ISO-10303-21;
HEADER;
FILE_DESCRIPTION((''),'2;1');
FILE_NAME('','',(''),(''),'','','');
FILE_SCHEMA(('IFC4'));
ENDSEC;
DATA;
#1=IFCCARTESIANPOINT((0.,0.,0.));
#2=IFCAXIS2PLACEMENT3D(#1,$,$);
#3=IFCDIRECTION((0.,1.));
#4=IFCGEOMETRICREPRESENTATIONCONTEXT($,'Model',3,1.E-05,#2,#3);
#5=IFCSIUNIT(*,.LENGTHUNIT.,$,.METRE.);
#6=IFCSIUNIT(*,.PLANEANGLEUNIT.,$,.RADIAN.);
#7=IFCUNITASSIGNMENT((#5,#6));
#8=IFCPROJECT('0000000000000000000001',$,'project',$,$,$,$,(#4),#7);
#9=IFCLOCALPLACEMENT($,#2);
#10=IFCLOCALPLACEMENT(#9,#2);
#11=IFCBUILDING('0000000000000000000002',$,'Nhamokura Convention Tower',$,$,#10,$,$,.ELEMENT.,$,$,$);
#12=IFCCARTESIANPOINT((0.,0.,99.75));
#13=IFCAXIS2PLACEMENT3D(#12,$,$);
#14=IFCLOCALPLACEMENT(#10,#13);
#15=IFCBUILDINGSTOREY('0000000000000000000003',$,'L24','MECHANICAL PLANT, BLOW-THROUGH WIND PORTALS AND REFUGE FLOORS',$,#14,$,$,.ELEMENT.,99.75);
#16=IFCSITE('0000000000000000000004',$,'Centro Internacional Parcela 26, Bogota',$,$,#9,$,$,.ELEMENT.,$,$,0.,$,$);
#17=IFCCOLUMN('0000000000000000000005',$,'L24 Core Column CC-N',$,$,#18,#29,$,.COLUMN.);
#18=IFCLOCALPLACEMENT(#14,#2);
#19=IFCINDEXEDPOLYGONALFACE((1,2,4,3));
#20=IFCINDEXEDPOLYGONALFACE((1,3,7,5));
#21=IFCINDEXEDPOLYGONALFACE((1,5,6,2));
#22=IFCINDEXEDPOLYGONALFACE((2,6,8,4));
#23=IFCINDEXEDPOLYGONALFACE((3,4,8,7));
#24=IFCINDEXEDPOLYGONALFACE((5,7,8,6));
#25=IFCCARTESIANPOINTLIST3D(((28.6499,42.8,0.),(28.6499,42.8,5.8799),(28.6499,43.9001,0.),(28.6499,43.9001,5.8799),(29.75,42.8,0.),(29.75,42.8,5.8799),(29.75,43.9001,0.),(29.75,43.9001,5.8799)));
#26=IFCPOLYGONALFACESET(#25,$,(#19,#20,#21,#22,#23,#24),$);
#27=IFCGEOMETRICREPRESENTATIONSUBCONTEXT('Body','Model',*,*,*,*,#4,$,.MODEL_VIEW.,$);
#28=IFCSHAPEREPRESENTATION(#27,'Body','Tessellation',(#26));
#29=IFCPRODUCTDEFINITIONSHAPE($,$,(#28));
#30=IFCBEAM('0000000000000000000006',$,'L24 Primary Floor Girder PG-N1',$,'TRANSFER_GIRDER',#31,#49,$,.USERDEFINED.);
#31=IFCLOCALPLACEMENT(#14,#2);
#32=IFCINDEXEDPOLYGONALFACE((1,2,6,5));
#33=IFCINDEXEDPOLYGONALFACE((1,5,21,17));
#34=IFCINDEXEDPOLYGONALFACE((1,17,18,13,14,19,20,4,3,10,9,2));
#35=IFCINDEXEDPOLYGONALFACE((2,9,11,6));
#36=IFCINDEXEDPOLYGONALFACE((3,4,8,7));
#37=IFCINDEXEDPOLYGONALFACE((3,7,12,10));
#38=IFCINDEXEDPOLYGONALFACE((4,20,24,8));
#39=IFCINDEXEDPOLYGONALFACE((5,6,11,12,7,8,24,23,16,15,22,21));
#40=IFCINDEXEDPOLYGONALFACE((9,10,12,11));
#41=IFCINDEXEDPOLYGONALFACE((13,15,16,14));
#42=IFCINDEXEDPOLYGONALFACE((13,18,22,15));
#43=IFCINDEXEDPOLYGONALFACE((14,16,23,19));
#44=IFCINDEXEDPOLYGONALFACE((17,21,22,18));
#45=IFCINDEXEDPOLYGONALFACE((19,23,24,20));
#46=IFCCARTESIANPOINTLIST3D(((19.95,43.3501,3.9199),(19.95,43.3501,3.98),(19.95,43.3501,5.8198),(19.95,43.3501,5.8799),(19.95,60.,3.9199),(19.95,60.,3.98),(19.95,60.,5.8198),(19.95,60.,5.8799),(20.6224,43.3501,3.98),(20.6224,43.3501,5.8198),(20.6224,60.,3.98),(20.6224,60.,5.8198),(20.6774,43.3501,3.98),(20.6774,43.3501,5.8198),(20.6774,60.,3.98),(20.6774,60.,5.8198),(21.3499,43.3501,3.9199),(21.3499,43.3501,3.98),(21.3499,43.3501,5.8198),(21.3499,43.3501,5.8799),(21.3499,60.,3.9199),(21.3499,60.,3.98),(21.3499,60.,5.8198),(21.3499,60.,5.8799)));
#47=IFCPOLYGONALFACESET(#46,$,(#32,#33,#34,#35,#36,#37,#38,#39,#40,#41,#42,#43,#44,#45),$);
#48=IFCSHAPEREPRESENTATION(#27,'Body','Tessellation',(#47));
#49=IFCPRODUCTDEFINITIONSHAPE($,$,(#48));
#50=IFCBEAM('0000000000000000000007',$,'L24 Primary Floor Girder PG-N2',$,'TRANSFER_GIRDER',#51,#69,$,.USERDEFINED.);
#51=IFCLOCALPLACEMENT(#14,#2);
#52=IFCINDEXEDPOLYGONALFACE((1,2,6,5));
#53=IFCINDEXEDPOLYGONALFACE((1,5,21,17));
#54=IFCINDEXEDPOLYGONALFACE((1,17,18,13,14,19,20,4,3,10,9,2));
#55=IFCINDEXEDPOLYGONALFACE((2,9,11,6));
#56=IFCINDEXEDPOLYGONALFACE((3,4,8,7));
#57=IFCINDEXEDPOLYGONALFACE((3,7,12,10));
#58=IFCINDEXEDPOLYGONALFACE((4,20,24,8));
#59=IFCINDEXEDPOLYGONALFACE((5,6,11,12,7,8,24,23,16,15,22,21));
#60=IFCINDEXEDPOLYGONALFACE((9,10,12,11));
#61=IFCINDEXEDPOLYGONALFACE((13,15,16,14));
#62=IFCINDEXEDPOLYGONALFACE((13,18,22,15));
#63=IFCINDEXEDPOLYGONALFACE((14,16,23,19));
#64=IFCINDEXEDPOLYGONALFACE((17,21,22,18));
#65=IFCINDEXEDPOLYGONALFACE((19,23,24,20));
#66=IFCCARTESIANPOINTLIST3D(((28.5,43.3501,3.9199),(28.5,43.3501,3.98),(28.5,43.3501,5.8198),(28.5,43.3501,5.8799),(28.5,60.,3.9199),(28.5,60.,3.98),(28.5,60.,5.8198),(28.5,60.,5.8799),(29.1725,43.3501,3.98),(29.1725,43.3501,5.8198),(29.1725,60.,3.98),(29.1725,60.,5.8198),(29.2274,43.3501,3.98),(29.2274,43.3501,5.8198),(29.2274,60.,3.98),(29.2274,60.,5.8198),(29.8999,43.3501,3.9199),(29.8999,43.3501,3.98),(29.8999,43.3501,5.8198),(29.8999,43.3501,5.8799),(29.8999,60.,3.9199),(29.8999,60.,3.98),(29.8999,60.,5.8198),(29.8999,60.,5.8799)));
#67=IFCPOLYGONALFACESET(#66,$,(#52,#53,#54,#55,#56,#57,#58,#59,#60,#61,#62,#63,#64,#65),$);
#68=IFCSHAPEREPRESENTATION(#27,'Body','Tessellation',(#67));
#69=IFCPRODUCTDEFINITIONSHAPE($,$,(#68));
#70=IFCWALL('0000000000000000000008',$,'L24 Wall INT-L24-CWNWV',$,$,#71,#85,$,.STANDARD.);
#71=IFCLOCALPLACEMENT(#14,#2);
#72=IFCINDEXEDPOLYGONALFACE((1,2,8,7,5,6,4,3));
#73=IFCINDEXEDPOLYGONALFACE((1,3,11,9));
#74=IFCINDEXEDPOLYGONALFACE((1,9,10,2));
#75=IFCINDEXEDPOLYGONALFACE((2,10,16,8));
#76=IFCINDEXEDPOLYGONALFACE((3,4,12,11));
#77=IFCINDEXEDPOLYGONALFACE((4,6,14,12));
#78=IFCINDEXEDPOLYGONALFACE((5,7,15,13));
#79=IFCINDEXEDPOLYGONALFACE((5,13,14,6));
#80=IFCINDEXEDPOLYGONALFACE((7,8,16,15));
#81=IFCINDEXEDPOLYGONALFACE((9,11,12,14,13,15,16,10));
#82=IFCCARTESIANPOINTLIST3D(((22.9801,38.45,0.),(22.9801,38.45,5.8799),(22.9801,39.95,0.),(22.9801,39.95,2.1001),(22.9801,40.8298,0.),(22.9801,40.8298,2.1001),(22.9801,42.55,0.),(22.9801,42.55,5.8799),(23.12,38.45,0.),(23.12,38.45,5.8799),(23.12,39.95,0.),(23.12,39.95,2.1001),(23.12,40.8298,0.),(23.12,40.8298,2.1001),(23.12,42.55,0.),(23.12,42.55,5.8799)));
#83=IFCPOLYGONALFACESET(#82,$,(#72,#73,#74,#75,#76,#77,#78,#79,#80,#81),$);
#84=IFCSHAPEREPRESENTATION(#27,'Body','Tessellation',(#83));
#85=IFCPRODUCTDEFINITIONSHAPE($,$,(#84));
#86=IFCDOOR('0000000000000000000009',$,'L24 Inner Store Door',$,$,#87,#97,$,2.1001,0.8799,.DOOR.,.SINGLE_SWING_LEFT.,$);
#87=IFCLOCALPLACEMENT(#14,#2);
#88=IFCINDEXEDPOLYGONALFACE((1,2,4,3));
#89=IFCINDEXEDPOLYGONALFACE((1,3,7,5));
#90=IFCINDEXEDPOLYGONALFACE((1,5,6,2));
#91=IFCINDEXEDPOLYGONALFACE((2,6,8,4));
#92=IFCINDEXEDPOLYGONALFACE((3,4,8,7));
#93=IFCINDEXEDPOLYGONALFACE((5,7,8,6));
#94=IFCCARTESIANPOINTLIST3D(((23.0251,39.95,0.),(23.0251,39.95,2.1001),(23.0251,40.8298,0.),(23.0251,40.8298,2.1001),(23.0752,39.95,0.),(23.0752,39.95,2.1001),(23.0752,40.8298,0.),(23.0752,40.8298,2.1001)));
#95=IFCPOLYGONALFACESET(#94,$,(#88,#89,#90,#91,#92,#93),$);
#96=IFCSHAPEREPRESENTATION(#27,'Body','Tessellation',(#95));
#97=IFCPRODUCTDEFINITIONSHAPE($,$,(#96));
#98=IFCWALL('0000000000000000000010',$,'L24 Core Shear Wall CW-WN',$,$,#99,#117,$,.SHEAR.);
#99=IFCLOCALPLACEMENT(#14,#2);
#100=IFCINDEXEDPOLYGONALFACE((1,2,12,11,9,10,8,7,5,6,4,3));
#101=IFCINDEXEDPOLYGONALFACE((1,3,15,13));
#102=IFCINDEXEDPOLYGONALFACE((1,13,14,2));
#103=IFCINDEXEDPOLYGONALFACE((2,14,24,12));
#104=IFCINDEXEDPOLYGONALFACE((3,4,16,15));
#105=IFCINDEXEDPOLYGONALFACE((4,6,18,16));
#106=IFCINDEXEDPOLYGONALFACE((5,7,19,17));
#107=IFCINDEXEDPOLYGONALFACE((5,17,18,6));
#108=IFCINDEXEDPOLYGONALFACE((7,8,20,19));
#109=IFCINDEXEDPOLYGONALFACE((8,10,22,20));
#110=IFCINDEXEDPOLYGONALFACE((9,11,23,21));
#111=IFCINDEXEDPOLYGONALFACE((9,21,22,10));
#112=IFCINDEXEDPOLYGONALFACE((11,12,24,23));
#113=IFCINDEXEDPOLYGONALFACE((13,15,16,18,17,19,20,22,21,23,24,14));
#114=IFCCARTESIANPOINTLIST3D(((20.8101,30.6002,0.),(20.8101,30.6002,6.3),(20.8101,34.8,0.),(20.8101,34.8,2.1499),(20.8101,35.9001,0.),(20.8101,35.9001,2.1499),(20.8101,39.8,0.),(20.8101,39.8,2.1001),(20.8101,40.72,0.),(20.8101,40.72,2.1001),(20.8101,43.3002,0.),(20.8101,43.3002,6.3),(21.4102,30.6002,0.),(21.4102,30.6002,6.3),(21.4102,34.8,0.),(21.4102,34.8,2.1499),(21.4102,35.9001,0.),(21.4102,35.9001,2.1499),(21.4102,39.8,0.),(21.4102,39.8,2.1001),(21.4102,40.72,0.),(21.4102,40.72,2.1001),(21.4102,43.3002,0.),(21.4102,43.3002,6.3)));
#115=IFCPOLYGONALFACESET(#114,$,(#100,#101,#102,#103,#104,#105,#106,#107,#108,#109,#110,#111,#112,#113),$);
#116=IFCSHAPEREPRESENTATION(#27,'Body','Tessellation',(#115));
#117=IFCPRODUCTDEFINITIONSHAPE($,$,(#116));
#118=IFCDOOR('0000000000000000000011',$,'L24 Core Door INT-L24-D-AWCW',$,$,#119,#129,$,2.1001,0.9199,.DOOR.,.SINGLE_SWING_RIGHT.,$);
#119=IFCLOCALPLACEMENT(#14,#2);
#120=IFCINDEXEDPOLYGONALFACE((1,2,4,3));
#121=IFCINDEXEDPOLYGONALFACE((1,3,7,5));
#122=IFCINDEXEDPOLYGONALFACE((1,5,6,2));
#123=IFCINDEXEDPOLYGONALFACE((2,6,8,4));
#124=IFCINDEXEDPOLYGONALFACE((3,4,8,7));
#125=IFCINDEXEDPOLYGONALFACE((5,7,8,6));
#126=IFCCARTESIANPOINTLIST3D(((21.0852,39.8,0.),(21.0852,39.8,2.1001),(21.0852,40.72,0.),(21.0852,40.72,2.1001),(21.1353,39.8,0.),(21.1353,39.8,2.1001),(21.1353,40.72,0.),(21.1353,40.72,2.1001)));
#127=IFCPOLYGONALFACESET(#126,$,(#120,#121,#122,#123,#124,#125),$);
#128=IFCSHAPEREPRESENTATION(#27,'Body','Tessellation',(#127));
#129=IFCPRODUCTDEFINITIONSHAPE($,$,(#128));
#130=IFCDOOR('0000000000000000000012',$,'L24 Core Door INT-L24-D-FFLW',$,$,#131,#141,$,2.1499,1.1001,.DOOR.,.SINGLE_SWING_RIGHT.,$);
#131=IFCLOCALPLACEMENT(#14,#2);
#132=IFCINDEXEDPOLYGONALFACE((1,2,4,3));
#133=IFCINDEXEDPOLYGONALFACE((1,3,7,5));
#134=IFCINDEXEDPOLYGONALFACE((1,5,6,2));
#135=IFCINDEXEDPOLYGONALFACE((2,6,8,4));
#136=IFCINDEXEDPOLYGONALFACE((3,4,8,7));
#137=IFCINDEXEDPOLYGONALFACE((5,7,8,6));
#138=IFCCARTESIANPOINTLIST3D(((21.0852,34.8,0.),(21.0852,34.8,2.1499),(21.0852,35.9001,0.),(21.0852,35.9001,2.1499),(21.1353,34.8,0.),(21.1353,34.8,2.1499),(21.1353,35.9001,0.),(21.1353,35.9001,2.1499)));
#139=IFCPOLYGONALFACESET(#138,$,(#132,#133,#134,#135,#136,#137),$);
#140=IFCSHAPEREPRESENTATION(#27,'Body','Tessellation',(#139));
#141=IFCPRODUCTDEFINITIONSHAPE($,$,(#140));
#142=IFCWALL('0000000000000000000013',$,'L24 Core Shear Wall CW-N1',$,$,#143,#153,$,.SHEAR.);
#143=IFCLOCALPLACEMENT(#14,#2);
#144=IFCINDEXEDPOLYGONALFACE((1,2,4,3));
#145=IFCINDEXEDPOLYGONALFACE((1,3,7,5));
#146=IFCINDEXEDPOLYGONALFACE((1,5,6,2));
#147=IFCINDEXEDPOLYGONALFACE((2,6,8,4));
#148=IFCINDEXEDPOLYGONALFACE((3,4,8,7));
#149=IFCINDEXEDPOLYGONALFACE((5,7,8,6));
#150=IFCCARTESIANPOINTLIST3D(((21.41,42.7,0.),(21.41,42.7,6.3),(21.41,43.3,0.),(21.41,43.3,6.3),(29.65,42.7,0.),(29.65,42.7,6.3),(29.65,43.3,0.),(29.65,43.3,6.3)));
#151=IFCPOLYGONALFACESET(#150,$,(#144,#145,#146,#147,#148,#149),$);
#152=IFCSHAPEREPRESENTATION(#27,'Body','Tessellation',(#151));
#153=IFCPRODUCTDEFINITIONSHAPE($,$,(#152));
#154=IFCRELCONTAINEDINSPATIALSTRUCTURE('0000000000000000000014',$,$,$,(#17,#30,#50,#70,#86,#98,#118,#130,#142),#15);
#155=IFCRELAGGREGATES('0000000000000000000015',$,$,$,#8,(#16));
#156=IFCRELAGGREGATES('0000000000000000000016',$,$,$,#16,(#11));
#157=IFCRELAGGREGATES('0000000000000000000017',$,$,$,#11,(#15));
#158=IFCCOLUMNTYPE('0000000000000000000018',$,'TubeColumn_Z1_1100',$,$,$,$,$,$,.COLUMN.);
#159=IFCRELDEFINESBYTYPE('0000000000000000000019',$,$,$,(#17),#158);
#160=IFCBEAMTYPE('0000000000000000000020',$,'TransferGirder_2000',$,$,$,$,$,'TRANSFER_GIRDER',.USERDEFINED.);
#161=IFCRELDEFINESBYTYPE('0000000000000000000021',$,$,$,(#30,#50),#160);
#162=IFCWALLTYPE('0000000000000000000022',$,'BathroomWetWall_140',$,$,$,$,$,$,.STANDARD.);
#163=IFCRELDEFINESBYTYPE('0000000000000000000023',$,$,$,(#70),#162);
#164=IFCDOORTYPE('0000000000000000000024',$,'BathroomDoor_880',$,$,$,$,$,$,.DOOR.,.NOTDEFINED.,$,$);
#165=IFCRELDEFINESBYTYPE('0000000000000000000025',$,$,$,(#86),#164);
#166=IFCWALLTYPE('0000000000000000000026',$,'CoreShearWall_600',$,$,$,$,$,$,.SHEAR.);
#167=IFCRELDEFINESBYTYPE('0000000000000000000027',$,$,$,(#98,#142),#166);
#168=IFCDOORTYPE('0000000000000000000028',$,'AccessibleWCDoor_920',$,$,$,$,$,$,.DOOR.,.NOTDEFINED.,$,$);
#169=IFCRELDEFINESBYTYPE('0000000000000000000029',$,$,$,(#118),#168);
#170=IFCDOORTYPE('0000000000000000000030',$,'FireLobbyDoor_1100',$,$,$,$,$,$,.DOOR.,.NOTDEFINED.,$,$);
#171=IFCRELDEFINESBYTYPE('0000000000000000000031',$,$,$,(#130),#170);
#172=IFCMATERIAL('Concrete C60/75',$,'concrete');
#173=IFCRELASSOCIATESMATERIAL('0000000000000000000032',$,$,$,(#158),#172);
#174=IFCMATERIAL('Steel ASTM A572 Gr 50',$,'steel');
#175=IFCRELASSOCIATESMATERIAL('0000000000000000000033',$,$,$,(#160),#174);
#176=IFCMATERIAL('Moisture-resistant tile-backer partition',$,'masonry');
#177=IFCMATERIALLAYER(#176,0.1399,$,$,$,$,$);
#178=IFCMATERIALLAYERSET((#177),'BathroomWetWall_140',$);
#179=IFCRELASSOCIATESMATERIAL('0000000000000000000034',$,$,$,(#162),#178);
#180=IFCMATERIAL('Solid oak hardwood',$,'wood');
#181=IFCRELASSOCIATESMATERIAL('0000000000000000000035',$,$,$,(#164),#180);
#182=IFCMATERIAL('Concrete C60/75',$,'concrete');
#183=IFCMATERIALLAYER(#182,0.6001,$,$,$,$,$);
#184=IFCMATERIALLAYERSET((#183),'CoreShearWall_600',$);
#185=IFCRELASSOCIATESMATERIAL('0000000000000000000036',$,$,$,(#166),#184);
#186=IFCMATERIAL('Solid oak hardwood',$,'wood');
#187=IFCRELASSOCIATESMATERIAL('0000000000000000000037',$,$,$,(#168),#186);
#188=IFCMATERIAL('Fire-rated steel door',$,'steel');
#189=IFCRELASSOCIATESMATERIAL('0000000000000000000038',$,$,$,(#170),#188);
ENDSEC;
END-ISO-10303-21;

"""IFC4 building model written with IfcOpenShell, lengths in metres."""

from ifc_helpers import new_model, si_unit, direction, frame, frame_2d, origin, origin_2d, place, context, subcontext, project, spatial, rectangle, i_section, extrude, material, layer, layer_set, material_profile, profile_set, type_object, element, fill, save


model = new_model("IFC4")

# Units and contexts
model_context = context("Model", 3, precision=1e-05, world=origin(), true_north=direction((0.0, 1.0)))
body_context = subcontext(model_context, "Body", "Model", "MODEL_VIEW")
ifc_project = project(units=[si_unit("LENGTHUNIT", "METRE"), si_unit("PLANEANGLEUNIT", "RADIAN")], contexts=[model_context])

# Site, building, storey
site_placement = place(None, origin())
site = spatial("IfcSite", under=ifc_project, at=site_placement, Name="Centro Internacional Parcela 26, Bogota", CompositionType="ELEMENT", RefElevation=0.0)
building_placement = place(site_placement, origin())
building = spatial("IfcBuilding", under=site, at=building_placement, Name="Nhamokura Convention Tower", CompositionType="ELEMENT")
storey_placement = place(building_placement, frame((0.0, 0.0, 99.75)))
storey = spatial("IfcBuildingStorey", under=building, at=storey_placement, Name="L24", Description="MECHANICAL PLANT, BLOW-THROUGH WIND PORTALS AND REFUGE FLOORS", CompositionType="ELEMENT", Elevation=99.75)

# Column
ifc_material_1 = material(Name="Concrete C60/75", Category="concrete")
ifc_material_profile_1 = material_profile(ifc_material_1, rectangle(XDim=1.1001, YDim=1.1001, at=origin_2d()))
ifc_profile_set_1 = profile_set([ifc_material_profile_1], Name="Concrete C60/75")
column_type = type_object("IfcColumnType", Name="TubeColumn_Z1_1100", PredefinedType="COLUMN", material=ifc_profile_set_1)
column_placement = place(storey_placement, frame((29.2, 43.3501, 0.0), z_axis=(0.0, 0.0, 1.0), x_axis=(1.0, 0.0, 0.0)))
element("IfcColumn", 1, at=column_placement, inside=storey, type_object=column_type, Name="L24 Core Column CC-N", PredefinedType="COLUMN", context=body_context, shape_type="SweptSolid", body=[
    extrude(rectangle(XDim=1.1001, YDim=1.1001, at=origin_2d()), origin(), (0.0, 0.0, 1.0), 5.8799),
])

# Beams
ifc_material_2 = material(Name="Steel ASTM A572 Gr 50", Category="steel")
ifc_material_profile_2 = material_profile(ifc_material_2, i_section(OverallWidth=1.3999, OverallDepth=1.96, WebThickness=0.0549, FlangeThickness=0.0601, at=origin_2d()))
ifc_profile_set_2 = profile_set([ifc_material_profile_2], Name="Steel ASTM A572 Gr 50")
beam_type = type_object("IfcBeamType", Name="TransferGirder_2000", ElementType="TRANSFER_GIRDER", PredefinedType="USERDEFINED", material=ifc_profile_set_2)
for number, where, z_axis, x_axis, name in (
    (2, (20.6499, 43.3501, 4.8999), (0.0, 1.0, 0.0), (-1.0, 0.0, 0.0), "L24 Primary Floor Girder PG-N1"),
    (3, (29.2, 43.3501, 4.8999), (0.0, 1.0, 0.0), (-1.0, 0.0, 0.0), "L24 Primary Floor Girder PG-N2"),
):
    element("IfcBeam", number, at=place(storey_placement, frame(where, z_axis=z_axis, x_axis=x_axis)), inside=storey, type_object=beam_type, Name=name, ObjectType="TRANSFER_GIRDER", PredefinedType="USERDEFINED", context=body_context, shape_type="SweptSolid", body=[
        extrude(i_section(OverallWidth=1.3999, OverallDepth=1.96, WebThickness=0.0549, FlangeThickness=0.0601, at=origin_2d()), origin(), (0.0, 0.0, 1.0), 16.6499),
    ])

# Wall, opening, door
ifc_material_3 = material(Name="Moisture-resistant tile-backer partition", Category="masonry")
ifc_layer_1 = layer(ifc_material_3, 0.1399)
ifc_layer_set_1 = layer_set([ifc_layer_1], Name="BathroomWetWall_140")
wall_type_1 = type_object("IfcWallType", Name="BathroomWetWall_140", PredefinedType="STANDARD", material=ifc_layer_set_1)
wall_1_placement = place(storey_placement, frame((23.05, 38.45, 0.0), z_axis=(0.0, 0.0, 1.0), x_axis=(0.0, 1.0, 0.0)))
wall_1 = element("IfcWall", 4, at=wall_1_placement, inside=storey, type_object=wall_type_1, Name="L24 Wall INT-L24-CWNWV", PredefinedType="STANDARD", context=body_context, shape_type="SweptSolid", body=[
    extrude(rectangle(XDim=4.1001, YDim=0.1399, at=frame_2d((2.05, 0.0))), origin(), (0.0, 0.0, 1.0), 5.8799),
])
opening_1_placement = place(wall_1_placement, frame((1.5, 0.0, 0.0)))
opening_1 = element("IfcOpeningElement", 5, at=opening_1_placement, cuts=wall_1, PredefinedType="OPENING", context=body_context, shape_type="SweptSolid", body=[
    extrude(rectangle(XDim=0.8799, YDim=2.1001, at=frame_2d((0.4399, 1.05))), frame((0.0, 0.0798, 0.0), z_axis=(0.0, -1.0, 0.0), x_axis=(1.0, 0.0, 0.0)), (0.0, 0.0, 1.0), 0.1599),
])
ifc_material_4 = material(Name="Solid oak hardwood", Category="wood")
door_type_1 = type_object("IfcDoorType", Name="BathroomDoor_880", OperationType="NOTDEFINED", PredefinedType="DOOR", material=ifc_material_4)
door_1_placement = place(opening_1_placement, origin())
door_1 = element("IfcDoor", 6, at=door_1_placement, inside=storey, type_object=door_type_1, Name="L24 Inner Store Door", OperationType="SINGLE_SWING_LEFT", OverallHeight=2.1001, OverallWidth=0.8799, PredefinedType="DOOR", context=body_context, shape_type="SweptSolid", body=[
    extrude(rectangle(XDim=0.8799, YDim=2.1001, at=frame_2d((0.4399, 1.05))), frame((0.0, 0.0249, 0.0), z_axis=(0.0, -1.0, 0.0), x_axis=(1.0, 0.0, 0.0)), (0.0, 0.0, 1.0), 0.05),
])
fill(opening_1, door_1)

# Wall, openings, doors
ifc_material_5 = material(Name="Concrete C60/75", Category="concrete")
ifc_layer_2 = layer(ifc_material_5, 0.6001)
ifc_layer_set_2 = layer_set([ifc_layer_2], Name="CoreShearWall_600")
wall_type_2 = type_object("IfcWallType", Name="CoreShearWall_600", PredefinedType="SHEAR", material=ifc_layer_set_2)
wall_2_placement = place(storey_placement, frame((21.1101, 30.6001, 0.0), z_axis=(0.0, 0.0, 1.0), x_axis=(0.0, 1.0, 0.0)))
wall_2 = element("IfcWall", 7, at=wall_2_placement, inside=storey, type_object=wall_type_2, Name="L24 Core Shear Wall CW-WN", PredefinedType="SHEAR", context=body_context, shape_type="SweptSolid", body=[
    extrude(rectangle(XDim=12.7, YDim=0.6001, at=frame_2d((6.3501, 0.0))), origin(), (0.0, 0.0, 1.0), 6.3),
])
opening_2_placement = place(wall_2_placement, frame((4.2, 0.0, 0.0)))
opening_2 = element("IfcOpeningElement", 8, at=opening_2_placement, cuts=wall_2, PredefinedType="OPENING", context=body_context, shape_type="SweptSolid", body=[
    extrude(rectangle(XDim=1.1001, YDim=2.1499, at=frame_2d((0.55, 1.075))), frame((0.0, 0.3101, 0.0), z_axis=(0.0, -1.0, 0.0), x_axis=(1.0, 0.0, 0.0)), (0.0, 0.0, 1.0), 0.6201),
])
opening_3_placement = place(wall_2_placement, frame((9.2, 0.0, 0.0)))
opening_3 = element("IfcOpeningElement", 9, at=opening_3_placement, cuts=wall_2, PredefinedType="OPENING", context=body_context, shape_type="SweptSolid", body=[
    extrude(rectangle(XDim=0.9199, YDim=2.1001, at=frame_2d((0.46, 1.05))), frame((0.0, 0.3101, 0.0), z_axis=(0.0, -1.0, 0.0), x_axis=(1.0, 0.0, 0.0)), (0.0, 0.0, 1.0), 0.6201),
])
ifc_material_6 = material(Name="Solid oak hardwood", Category="wood")
door_type_2 = type_object("IfcDoorType", Name="AccessibleWCDoor_920", OperationType="NOTDEFINED", PredefinedType="DOOR", material=ifc_material_6)
door_2_placement = place(opening_3_placement, origin())
door_2 = element("IfcDoor", 10, at=door_2_placement, inside=storey, type_object=door_type_2, Name="L24 Core Door INT-L24-D-AWCW", OperationType="SINGLE_SWING_RIGHT", OverallHeight=2.1001, OverallWidth=0.9199, PredefinedType="DOOR", context=body_context, shape_type="SweptSolid", body=[
    extrude(rectangle(XDim=0.9199, YDim=2.1001, at=frame_2d((0.46, 1.05))), frame((0.0, 0.0249, 0.0), z_axis=(0.0, -1.0, 0.0), x_axis=(1.0, 0.0, 0.0)), (0.0, 0.0, 1.0), 0.05),
])
fill(opening_3, door_2)
ifc_material_7 = material(Name="Fire-rated steel door", Category="steel")
door_type_3 = type_object("IfcDoorType", Name="FireLobbyDoor_1100", OperationType="NOTDEFINED", PredefinedType="DOOR", material=ifc_material_7)
door_3_placement = place(opening_2_placement, origin())
door_3 = element("IfcDoor", 11, at=door_3_placement, inside=storey, type_object=door_type_3, Name="L24 Core Door INT-L24-D-FFLW", OperationType="SINGLE_SWING_RIGHT", OverallHeight=2.1499, OverallWidth=1.1001, PredefinedType="DOOR", context=body_context, shape_type="SweptSolid", body=[
    extrude(rectangle(XDim=1.1001, YDim=2.1499, at=frame_2d((0.55, 1.075))), frame((0.0, 0.0249, 0.0), z_axis=(0.0, -1.0, 0.0), x_axis=(1.0, 0.0, 0.0)), (0.0, 0.0, 1.0), 0.05),
])
fill(opening_2, door_3)

# Wall
wall_3_placement = place(storey_placement, frame((21.4099, 43.0, 0.0), z_axis=(0.0, 0.0, 1.0), x_axis=(1.0, 0.0, 0.0)))
element("IfcWall", 12, at=wall_3_placement, inside=storey, type_object=wall_type_2, Name="L24 Core Shear Wall CW-N1", PredefinedType="SHEAR", context=body_context, shape_type="SweptSolid", body=[
    extrude(rectangle(XDim=8.24, YDim=0.6001, at=frame_2d((4.1201, 0.0))), origin(), (0.0, 0.0, 1.0), 6.3),
])

save(model, "model.ifc")
